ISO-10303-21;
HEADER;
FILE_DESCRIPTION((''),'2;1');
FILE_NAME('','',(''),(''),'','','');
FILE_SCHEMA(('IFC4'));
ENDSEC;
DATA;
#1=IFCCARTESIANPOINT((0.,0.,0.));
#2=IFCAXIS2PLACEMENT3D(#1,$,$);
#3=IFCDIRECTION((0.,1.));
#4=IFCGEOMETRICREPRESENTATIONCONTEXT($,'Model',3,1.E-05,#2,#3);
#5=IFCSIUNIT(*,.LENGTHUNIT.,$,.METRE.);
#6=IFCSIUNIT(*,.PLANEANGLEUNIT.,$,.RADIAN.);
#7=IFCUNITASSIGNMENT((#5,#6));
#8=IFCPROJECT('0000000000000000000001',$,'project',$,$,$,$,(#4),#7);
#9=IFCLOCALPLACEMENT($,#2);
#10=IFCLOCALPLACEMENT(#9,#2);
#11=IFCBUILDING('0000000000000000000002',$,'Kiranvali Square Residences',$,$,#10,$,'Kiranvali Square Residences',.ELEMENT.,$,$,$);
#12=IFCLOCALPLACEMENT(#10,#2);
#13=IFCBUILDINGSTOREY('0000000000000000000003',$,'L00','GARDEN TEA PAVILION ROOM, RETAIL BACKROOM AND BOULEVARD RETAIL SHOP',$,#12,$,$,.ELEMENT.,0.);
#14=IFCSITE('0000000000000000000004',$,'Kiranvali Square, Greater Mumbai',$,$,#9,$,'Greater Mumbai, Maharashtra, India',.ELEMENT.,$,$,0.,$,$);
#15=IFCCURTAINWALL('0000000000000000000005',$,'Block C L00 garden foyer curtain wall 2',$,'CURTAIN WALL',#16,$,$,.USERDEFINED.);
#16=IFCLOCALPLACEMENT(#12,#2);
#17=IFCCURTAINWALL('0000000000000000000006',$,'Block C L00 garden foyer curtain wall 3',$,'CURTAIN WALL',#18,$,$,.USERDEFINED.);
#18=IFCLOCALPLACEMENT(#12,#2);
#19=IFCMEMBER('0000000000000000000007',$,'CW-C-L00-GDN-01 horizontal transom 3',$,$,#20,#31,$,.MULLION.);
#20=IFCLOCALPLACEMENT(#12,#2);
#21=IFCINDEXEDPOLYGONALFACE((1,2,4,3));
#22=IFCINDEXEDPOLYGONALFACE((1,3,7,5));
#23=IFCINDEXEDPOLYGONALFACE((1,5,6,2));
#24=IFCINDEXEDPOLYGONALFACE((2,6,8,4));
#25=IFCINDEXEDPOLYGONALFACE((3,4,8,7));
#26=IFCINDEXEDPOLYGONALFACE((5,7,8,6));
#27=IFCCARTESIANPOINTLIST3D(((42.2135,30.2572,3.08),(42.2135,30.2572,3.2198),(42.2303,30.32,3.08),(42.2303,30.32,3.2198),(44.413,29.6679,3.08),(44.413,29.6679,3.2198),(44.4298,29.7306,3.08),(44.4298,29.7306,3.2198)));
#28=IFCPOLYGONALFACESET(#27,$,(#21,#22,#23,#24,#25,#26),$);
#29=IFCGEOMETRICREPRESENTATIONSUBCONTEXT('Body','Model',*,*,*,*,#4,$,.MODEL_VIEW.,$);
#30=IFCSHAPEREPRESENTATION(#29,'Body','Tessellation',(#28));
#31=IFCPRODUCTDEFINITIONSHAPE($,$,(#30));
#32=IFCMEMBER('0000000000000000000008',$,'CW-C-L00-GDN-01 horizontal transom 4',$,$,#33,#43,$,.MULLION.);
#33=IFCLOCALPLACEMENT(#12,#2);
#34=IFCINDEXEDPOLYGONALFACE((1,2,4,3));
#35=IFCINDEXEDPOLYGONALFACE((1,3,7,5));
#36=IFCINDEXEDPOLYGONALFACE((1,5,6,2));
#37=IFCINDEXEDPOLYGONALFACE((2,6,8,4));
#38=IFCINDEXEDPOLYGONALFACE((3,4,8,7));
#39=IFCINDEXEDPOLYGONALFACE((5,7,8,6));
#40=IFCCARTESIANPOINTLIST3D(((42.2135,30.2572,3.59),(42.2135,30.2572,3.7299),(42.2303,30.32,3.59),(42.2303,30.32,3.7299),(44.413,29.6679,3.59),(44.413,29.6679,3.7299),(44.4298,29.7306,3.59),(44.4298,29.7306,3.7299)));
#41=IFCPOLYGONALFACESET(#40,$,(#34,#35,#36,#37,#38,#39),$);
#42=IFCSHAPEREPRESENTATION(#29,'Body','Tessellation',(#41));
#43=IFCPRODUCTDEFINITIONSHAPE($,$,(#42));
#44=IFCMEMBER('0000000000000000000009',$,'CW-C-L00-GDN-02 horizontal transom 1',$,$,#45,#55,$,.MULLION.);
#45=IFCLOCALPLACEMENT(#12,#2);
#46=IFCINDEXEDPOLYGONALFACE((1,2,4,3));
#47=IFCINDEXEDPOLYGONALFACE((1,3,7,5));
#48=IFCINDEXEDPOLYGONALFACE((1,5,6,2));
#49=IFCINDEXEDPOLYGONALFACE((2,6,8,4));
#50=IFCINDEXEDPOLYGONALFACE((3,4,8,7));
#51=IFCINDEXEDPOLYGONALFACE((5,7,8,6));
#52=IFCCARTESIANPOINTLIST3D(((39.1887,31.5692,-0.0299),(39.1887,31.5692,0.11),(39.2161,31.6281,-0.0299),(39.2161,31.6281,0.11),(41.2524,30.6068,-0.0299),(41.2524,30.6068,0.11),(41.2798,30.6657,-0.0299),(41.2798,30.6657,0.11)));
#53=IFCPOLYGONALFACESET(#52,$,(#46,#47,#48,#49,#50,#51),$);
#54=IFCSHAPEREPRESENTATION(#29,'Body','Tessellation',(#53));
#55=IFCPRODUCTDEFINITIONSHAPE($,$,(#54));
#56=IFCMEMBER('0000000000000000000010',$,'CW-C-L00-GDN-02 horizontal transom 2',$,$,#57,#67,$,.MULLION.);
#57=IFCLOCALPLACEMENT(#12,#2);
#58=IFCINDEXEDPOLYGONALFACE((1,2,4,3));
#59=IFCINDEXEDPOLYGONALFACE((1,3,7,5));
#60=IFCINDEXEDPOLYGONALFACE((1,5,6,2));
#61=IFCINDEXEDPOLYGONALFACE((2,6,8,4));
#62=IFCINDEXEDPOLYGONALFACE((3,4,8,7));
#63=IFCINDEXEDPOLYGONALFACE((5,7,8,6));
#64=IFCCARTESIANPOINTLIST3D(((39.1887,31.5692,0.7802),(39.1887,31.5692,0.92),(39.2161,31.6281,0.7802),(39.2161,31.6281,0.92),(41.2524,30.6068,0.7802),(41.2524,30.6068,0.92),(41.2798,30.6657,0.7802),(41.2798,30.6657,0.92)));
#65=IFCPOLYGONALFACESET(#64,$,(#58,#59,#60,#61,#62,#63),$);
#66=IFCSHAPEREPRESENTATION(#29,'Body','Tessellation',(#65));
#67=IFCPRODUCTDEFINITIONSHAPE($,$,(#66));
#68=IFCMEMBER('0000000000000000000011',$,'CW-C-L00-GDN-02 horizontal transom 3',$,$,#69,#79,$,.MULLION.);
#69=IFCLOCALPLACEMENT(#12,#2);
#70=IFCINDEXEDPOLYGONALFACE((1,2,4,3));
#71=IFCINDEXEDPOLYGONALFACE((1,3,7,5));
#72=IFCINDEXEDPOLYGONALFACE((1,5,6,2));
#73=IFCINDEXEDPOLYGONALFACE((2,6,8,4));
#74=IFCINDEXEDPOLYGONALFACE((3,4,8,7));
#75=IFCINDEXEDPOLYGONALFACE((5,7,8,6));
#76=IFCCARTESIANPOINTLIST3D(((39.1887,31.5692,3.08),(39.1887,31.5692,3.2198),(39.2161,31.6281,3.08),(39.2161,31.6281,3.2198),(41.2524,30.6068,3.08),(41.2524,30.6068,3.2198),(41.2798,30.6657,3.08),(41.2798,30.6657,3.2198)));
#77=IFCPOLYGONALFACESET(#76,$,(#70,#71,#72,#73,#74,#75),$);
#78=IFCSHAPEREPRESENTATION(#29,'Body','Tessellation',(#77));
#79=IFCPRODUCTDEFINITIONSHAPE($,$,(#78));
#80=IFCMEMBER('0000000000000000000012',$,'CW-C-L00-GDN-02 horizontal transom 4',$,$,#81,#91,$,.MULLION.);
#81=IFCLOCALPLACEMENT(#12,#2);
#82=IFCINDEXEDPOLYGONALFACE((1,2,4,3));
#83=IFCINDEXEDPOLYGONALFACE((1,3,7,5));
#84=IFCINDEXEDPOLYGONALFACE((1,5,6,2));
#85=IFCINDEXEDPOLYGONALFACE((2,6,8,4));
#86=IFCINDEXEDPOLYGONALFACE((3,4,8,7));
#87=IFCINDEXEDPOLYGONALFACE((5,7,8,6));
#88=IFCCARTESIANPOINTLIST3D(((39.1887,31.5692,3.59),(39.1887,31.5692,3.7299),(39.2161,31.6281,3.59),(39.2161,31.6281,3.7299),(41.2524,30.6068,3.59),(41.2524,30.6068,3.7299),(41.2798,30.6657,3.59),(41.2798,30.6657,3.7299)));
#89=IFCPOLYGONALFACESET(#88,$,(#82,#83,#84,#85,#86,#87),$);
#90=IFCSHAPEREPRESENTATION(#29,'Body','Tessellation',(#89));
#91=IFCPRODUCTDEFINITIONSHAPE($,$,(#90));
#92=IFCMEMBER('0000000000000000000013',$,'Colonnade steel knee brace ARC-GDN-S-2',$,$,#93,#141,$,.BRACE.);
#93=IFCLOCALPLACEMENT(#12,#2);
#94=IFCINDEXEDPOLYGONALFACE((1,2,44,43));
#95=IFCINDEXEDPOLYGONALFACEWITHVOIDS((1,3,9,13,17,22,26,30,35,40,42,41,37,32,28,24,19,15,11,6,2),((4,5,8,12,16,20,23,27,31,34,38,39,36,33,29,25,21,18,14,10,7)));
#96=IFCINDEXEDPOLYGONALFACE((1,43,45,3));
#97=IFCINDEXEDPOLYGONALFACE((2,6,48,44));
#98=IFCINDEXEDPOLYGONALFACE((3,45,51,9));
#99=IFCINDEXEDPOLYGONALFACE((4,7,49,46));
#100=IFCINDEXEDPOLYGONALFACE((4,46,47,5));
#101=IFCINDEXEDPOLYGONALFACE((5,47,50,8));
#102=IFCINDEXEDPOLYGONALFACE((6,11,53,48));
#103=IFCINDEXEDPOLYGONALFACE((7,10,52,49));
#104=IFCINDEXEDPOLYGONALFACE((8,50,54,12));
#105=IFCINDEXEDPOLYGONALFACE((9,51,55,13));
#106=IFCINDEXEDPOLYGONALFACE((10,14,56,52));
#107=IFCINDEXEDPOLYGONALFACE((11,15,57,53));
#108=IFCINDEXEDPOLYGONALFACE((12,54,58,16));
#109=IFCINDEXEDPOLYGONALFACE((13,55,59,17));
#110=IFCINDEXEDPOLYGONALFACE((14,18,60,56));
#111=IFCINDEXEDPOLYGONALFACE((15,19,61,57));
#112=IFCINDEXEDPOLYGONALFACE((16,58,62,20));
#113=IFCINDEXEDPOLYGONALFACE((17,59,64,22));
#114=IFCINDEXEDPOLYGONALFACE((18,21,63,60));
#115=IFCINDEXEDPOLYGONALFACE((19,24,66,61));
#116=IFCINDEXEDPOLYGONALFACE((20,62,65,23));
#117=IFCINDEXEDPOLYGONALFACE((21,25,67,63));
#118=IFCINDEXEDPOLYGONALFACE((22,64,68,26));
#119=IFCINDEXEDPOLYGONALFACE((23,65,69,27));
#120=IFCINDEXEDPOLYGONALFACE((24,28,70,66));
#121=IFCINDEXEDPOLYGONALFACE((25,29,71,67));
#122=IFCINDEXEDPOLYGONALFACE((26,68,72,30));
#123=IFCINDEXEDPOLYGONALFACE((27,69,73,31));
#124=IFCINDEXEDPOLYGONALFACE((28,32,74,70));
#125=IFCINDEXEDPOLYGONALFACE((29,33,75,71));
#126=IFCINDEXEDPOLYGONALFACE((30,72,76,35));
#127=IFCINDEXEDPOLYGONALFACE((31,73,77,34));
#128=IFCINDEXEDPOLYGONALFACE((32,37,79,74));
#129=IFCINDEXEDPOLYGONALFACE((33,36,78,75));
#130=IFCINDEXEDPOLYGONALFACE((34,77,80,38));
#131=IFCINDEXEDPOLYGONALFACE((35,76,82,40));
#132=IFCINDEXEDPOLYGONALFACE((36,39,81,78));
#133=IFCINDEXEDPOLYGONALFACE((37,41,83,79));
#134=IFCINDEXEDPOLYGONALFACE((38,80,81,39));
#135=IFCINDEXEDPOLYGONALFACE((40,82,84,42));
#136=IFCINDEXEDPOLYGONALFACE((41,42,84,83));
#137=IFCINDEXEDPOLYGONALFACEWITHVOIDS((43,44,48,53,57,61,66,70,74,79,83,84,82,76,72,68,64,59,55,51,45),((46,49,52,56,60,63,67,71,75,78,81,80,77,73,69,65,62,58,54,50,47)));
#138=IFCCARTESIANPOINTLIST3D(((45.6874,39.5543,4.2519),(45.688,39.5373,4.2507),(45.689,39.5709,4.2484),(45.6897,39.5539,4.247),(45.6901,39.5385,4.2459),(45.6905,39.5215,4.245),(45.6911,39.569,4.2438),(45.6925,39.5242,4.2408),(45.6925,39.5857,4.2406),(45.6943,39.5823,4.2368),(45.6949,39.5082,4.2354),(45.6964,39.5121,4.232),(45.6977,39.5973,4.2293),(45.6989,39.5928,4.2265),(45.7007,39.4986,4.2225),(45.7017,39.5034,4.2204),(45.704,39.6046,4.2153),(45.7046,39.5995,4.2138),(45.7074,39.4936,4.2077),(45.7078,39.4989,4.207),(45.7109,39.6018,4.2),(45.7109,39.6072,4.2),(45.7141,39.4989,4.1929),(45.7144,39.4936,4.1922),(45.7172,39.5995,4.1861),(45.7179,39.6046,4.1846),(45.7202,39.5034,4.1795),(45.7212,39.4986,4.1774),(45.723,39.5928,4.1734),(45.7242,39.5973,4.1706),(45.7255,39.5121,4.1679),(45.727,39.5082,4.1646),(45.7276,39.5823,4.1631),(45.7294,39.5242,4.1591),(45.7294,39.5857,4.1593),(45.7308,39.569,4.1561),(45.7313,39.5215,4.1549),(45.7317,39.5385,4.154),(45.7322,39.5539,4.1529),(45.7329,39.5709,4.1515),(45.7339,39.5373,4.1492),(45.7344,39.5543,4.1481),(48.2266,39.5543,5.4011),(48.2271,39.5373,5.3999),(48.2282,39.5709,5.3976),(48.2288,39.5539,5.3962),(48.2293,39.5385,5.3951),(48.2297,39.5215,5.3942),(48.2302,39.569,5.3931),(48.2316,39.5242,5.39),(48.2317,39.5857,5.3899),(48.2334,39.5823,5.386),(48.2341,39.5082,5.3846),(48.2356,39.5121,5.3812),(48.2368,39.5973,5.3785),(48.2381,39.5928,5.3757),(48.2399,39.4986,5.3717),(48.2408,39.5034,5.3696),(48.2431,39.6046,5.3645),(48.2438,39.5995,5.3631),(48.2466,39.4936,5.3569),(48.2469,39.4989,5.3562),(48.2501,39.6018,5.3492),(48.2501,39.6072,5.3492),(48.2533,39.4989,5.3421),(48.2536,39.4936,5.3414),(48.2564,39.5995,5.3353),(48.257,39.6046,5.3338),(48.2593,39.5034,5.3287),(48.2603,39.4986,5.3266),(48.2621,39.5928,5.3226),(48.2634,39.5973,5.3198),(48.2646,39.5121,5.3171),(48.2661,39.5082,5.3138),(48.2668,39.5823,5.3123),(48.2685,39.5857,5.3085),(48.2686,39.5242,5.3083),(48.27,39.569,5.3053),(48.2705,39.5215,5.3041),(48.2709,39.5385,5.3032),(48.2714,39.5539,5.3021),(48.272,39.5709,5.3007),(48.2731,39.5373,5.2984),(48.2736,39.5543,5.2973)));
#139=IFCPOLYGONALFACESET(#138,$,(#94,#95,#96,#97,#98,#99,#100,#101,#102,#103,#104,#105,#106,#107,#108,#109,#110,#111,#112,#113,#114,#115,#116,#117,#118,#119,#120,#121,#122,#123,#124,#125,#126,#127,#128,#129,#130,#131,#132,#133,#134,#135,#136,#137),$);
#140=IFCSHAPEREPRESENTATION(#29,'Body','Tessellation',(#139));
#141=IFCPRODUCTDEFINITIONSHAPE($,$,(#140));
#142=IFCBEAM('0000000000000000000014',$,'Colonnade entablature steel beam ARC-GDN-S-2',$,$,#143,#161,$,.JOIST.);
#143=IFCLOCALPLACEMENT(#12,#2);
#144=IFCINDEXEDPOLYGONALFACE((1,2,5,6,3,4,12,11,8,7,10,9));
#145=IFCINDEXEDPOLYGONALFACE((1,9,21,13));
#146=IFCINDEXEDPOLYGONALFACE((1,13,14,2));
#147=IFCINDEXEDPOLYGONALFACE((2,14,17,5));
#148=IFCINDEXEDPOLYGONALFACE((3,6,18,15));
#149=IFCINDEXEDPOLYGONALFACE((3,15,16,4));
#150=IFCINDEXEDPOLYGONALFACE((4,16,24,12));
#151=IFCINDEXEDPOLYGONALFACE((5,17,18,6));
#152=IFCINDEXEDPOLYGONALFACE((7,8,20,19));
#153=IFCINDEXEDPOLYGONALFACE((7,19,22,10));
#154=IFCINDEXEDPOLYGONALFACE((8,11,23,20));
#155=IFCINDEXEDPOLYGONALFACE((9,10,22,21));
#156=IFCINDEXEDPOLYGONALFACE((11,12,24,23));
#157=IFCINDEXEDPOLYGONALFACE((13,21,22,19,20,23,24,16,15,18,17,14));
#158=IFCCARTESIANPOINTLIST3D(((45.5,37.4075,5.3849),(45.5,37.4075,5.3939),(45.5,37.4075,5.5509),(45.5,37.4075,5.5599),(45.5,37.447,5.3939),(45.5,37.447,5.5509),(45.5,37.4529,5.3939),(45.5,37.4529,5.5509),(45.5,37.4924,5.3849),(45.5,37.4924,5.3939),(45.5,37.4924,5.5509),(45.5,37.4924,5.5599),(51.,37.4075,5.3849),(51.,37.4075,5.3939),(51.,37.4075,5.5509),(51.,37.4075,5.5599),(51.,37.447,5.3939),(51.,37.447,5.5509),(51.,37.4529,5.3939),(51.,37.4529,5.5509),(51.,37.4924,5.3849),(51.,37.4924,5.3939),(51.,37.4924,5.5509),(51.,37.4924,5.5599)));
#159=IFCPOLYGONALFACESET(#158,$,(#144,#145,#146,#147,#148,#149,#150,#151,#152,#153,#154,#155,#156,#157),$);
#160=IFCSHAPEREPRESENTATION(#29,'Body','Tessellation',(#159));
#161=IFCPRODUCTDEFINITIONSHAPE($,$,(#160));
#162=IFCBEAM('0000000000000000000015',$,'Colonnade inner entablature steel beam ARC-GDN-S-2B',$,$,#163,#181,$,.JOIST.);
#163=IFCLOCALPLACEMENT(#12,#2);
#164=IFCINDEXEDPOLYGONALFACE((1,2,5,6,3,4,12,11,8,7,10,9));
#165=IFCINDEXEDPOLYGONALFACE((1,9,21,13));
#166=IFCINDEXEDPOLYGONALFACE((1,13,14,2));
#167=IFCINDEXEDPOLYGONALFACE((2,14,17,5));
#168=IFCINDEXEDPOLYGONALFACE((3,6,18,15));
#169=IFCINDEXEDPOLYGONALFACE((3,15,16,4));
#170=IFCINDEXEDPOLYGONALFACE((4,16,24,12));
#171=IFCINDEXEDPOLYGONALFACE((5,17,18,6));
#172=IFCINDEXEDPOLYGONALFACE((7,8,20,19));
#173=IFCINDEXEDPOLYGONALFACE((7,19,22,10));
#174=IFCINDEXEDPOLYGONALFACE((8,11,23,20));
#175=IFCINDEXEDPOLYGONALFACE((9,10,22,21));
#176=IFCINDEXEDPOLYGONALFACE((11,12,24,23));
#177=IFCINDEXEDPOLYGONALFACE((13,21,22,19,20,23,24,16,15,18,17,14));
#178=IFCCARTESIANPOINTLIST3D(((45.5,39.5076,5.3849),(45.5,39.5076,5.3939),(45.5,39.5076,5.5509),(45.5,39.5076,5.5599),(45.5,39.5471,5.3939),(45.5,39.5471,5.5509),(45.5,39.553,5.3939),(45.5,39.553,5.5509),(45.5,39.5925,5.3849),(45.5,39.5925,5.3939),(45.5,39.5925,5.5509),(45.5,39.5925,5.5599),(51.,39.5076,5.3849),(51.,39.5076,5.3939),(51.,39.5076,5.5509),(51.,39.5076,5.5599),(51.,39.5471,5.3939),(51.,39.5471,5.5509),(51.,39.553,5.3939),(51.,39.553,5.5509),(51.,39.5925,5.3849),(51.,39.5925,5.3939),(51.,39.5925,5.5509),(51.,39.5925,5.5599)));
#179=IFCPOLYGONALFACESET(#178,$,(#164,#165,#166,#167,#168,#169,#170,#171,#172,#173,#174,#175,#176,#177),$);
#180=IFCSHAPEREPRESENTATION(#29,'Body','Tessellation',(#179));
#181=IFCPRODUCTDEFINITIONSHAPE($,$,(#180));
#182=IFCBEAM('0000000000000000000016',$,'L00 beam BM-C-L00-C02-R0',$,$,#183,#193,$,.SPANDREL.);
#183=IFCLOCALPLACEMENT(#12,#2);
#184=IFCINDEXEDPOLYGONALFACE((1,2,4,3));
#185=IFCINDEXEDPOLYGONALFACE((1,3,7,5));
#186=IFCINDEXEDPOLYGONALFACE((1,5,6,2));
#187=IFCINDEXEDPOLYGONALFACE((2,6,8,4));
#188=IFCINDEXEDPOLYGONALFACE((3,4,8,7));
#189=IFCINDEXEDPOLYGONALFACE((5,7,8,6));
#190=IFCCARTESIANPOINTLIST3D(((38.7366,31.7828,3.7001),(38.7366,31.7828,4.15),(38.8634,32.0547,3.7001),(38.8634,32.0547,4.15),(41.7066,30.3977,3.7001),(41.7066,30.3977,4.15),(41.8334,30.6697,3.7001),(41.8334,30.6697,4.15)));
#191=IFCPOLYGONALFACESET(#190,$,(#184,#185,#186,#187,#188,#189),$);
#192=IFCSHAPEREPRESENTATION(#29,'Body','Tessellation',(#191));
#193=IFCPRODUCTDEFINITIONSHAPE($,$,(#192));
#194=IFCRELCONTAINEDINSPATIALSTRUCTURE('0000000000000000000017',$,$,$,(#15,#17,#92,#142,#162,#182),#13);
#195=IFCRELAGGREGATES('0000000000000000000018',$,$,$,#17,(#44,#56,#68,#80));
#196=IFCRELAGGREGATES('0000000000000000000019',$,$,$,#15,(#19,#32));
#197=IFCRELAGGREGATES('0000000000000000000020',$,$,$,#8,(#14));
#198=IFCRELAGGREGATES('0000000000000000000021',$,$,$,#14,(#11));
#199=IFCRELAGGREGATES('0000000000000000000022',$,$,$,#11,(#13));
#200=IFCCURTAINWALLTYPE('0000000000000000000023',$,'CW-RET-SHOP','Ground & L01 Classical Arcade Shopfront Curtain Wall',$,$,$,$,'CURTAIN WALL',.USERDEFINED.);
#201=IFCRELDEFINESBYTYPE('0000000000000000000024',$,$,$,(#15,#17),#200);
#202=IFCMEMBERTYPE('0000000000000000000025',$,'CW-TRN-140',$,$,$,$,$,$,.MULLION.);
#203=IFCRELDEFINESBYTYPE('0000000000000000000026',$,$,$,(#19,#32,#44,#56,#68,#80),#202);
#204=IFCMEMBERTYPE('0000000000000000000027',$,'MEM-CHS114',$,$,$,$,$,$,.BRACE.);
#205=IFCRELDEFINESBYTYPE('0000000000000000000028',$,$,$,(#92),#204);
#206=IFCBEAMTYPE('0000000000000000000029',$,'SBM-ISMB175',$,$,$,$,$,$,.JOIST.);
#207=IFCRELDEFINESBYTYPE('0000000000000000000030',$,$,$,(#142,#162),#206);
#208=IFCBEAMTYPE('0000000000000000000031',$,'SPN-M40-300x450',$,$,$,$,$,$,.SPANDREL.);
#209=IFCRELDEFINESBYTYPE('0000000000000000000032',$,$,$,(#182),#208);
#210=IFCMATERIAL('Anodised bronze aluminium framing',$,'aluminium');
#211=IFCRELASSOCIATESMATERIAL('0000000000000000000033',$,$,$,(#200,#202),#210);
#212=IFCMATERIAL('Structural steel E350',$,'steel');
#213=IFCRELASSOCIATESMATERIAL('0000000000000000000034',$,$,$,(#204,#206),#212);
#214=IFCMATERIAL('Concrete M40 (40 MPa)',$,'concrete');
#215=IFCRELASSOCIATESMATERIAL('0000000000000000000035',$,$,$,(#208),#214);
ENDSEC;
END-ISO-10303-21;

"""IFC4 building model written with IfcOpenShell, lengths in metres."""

from ifc_helpers import new_model, si_unit, direction, frame, origin, origin_2d, place, context, subcontext, project, spatial, rectangle, hollow_circle, i_section, extrude, material, material_profile, profile_set, type_object, element, aggregate, save


model = new_model("IFC4")

# Units and contexts
model_context = context("Model", 3, precision=1e-05, world=origin(), true_north=direction((0.0, 1.0)))
body_context = subcontext(model_context, "Body", "Model", "MODEL_VIEW")
ifc_project = project(units=[si_unit("LENGTHUNIT", "METRE"), si_unit("PLANEANGLEUNIT", "RADIAN")], contexts=[model_context])

# Site, building, storey
site_placement = place(None, origin())
site = spatial("IfcSite", under=ifc_project, at=site_placement, Name="Kiranvali Square, Greater Mumbai", LongName="Greater Mumbai, Maharashtra, India", CompositionType="ELEMENT", RefElevation=0.0)
building_placement = place(site_placement, origin())
building = spatial("IfcBuilding", under=site, at=building_placement, Name="Kiranvali Square Residences", LongName="Kiranvali Square Residences", CompositionType="ELEMENT")
storey_placement = place(building_placement, origin())
storey = spatial("IfcBuildingStorey", under=building, at=storey_placement, Name="L00", Description="GARDEN TEA PAVILION ROOM, RETAIL BACKROOM AND BOULEVARD RETAIL SHOP", CompositionType="ELEMENT", Elevation=0.0)

# Shared definitions
ifc_material_1 = material(Name="Concrete M40 (40 MPa)", Category="concrete")

# Curtain wall
ifc_material_2 = material(Name="Anodised bronze aluminium framing", Category="aluminium")
curtain_wall_type = type_object("IfcCurtainWallType", Name="CW-RET-SHOP", Description="Ground & L01 Classical Arcade Shopfront Curtain Wall", ElementType="CURTAIN WALL", PredefinedType="USERDEFINED", material=ifc_material_2)
curtain_wall_1_placement = place(storey_placement, origin())
curtain_wall_1 = element("IfcCurtainWall", 1, at=curtain_wall_1_placement, inside=storey, type_object=curtain_wall_type, Name="Block C L00 garden foyer curtain wall 2", ObjectType="CURTAIN WALL", PredefinedType="USERDEFINED")

# Curtain wall
curtain_wall_2_placement = place(storey_placement, origin())
curtain_wall_2 = element("IfcCurtainWall", 2, at=curtain_wall_2_placement, inside=storey, type_object=curtain_wall_type, Name="Block C L00 garden foyer curtain wall 3", ObjectType="CURTAIN WALL", PredefinedType="USERDEFINED")

# Members
ifc_material_profile_1 = material_profile(ifc_material_2, rectangle(XDim=0.0649, YDim=0.1399, at=origin_2d()), Name="ALU 65x140")
ifc_profile_set_1 = profile_set([ifc_material_profile_1], Name="Anodised bronze aluminium framing")
member_type_1 = type_object("IfcMemberType", Name="CW-TRN-140", PredefinedType="MULLION", material=ifc_profile_set_1)
member_1_placement = place(storey_placement, frame((44.4214, 29.6992, 3.1499), z_axis=(-0.965925, 0.258824, 0.0), x_axis=(-0.258824, -0.965925, 0.0)))
member_1 = element("IfcMember", 3, at=member_1_placement, type_object=member_type_1, Name="CW-C-L00-GDN-01 horizontal transom 3", PredefinedType="MULLION", context=body_context, shape_type="SweptSolid", body=[
    extrude(rectangle(XDim=0.0649, YDim=0.1399, at=origin_2d()), origin(), (0.0, 0.0, 1.0), 2.2771),
])
member_2_placement = place(storey_placement, frame((44.4214, 29.6992, 3.6599), z_axis=(-0.965925, 0.258824, 0.0), x_axis=(-0.258824, -0.965925, 0.0)))
member_2 = element("IfcMember", 4, at=member_2_placement, type_object=member_type_1, Name="CW-C-L00-GDN-01 horizontal transom 4", PredefinedType="MULLION", context=body_context, shape_type="SweptSolid", body=[
    extrude(rectangle(XDim=0.0649, YDim=0.1399, at=origin_2d()), origin(), (0.0, 0.0, 1.0), 2.2771),
])
member_3_placement = place(storey_placement, frame((41.2661, 30.6362, 0.04), z_axis=(-0.906295, 0.422645, 0.0), x_axis=(-0.422645, -0.906295, 0.0)))
member_3 = element("IfcMember", 5, at=member_3_placement, type_object=member_type_1, Name="CW-C-L00-GDN-02 horizontal transom 1", PredefinedType="MULLION", context=body_context, shape_type="SweptSolid", body=[
    extrude(rectangle(XDim=0.0649, YDim=0.1399, at=origin_2d()), origin(), (0.0, 0.0, 1.0), 2.2771),
])
member_4_placement = place(storey_placement, frame((41.2661, 30.6362, 0.8501), z_axis=(-0.906295, 0.422645, 0.0), x_axis=(-0.422645, -0.906295, 0.0)))
member_4 = element("IfcMember", 6, at=member_4_placement, type_object=member_type_1, Name="CW-C-L00-GDN-02 horizontal transom 2", PredefinedType="MULLION", context=body_context, shape_type="SweptSolid", body=[
    extrude(rectangle(XDim=0.0649, YDim=0.1399, at=origin_2d()), origin(), (0.0, 0.0, 1.0), 2.2771),
])
member_5_placement = place(storey_placement, frame((41.2661, 30.6362, 3.1499), z_axis=(-0.906295, 0.422645, 0.0), x_axis=(-0.422645, -0.906295, 0.0)))
member_5 = element("IfcMember", 7, at=member_5_placement, type_object=member_type_1, Name="CW-C-L00-GDN-02 horizontal transom 3", PredefinedType="MULLION", context=body_context, shape_type="SweptSolid", body=[
    extrude(rectangle(XDim=0.0649, YDim=0.1399, at=origin_2d()), origin(), (0.0, 0.0, 1.0), 2.2771),
])
member_6_placement = place(storey_placement, frame((41.2661, 30.6362, 3.6599), z_axis=(-0.906295, 0.422645, 0.0), x_axis=(-0.422645, -0.906295, 0.0)))
member_6 = element("IfcMember", 8, at=member_6_placement, type_object=member_type_1, Name="CW-C-L00-GDN-02 horizontal transom 4", PredefinedType="MULLION", context=body_context, shape_type="SweptSolid", body=[
    extrude(rectangle(XDim=0.0649, YDim=0.1399, at=origin_2d()), origin(), (0.0, 0.0, 1.0), 2.2771),
])
ifc_material_3 = material(Name="Structural steel E350", Category="steel")
ifc_material_profile_2 = material_profile(ifc_material_3, hollow_circle(Radius=0.0571, WallThickness=0.0054, at=origin_2d()), Name="CHS 114.3x5.4")
ifc_profile_set_2 = profile_set([ifc_material_profile_2], Name="Structural steel E350")
member_type_2 = type_object("IfcMemberType", Name="MEM-CHS114", PredefinedType="BRACE", material=ifc_profile_set_2)
member_7_placement = place(storey_placement, frame((45.7109, 39.55, 4.2), z_axis=(0.911034, 0.0, 0.412331), x_axis=(0.0, 1.0, 0.0)))
element("IfcMember", 9, at=member_7_placement, inside=storey, type_object=member_type_2, Name="Colonnade steel knee brace ARC-GDN-S-2", PredefinedType="BRACE", context=body_context, shape_type="SweptSolid", body=[
    extrude(hollow_circle(Radius=0.0571, WallThickness=0.0054, at=origin_2d()), origin(), (0.0, 0.0, 1.0), 2.7871),
])

# Beams
ifc_material_profile_3 = material_profile(ifc_material_3, i_section(OverallWidth=0.085, OverallDepth=0.175, WebThickness=0.0059, FlangeThickness=0.009, at=origin_2d()), Name="ISMB 175")
ifc_profile_set_3 = profile_set([ifc_material_profile_3], Name="Structural steel E350")
beam_type_1 = type_object("IfcBeamType", Name="SBM-ISMB175", PredefinedType="JOIST", material=ifc_profile_set_3)
for number, where, z_axis, x_axis, name in (
    (10, (45.5, 37.45, 5.4724), (1.0, 0.0, 0.0), (0.0, 1.0, 0.0), "Colonnade entablature steel beam ARC-GDN-S-2"),
    (11, (45.5, 39.55, 5.4724), (1.0, 0.0, 0.0), (0.0, 1.0, 0.0), "Colonnade inner entablature steel beam ARC-GDN-S-2B"),
):
    element("IfcBeam", number, at=place(storey_placement, frame(where, z_axis=z_axis, x_axis=x_axis)), inside=storey, type_object=beam_type_1, Name=name, PredefinedType="JOIST", context=body_context, shape_type="SweptSolid", body=[
        extrude(i_section(OverallWidth=0.085, OverallDepth=0.175, WebThickness=0.0059, FlangeThickness=0.009, at=origin_2d()), origin(), (0.0, 0.0, 1.0), 5.5),
    ])
ifc_material_profile_4 = material_profile(ifc_material_1, rectangle(XDim=0.3, YDim=0.45, at=origin_2d()), Name="RC 300x450")
ifc_profile_set_4 = profile_set([ifc_material_profile_4], Name="Concrete M40 (40 MPa)")
beam_type_2 = type_object("IfcBeamType", Name="SPN-M40-300x450", PredefinedType="SPANDREL", material=ifc_profile_set_4)
beam_1_placement = place(storey_placement, frame((41.77, 30.5337, 3.925), z_axis=(-0.906297, 0.422641, 0.0), x_axis=(-0.422641, -0.906297, 0.0)))
element("IfcBeam", 12, at=beam_1_placement, inside=storey, type_object=beam_type_2, Name="L00 beam BM-C-L00-C02-R0", PredefinedType="SPANDREL", context=body_context, shape_type="SweptSolid", body=[
    extrude(rectangle(XDim=0.3, YDim=0.45, at=origin_2d()), origin(), (0.0, 0.0, 1.0), 3.2771),
])

aggregate(curtain_wall_2, [member_3, member_4, member_5, member_6])
aggregate(curtain_wall_1, [member_1, member_2])

save(model, "model.ifc")
